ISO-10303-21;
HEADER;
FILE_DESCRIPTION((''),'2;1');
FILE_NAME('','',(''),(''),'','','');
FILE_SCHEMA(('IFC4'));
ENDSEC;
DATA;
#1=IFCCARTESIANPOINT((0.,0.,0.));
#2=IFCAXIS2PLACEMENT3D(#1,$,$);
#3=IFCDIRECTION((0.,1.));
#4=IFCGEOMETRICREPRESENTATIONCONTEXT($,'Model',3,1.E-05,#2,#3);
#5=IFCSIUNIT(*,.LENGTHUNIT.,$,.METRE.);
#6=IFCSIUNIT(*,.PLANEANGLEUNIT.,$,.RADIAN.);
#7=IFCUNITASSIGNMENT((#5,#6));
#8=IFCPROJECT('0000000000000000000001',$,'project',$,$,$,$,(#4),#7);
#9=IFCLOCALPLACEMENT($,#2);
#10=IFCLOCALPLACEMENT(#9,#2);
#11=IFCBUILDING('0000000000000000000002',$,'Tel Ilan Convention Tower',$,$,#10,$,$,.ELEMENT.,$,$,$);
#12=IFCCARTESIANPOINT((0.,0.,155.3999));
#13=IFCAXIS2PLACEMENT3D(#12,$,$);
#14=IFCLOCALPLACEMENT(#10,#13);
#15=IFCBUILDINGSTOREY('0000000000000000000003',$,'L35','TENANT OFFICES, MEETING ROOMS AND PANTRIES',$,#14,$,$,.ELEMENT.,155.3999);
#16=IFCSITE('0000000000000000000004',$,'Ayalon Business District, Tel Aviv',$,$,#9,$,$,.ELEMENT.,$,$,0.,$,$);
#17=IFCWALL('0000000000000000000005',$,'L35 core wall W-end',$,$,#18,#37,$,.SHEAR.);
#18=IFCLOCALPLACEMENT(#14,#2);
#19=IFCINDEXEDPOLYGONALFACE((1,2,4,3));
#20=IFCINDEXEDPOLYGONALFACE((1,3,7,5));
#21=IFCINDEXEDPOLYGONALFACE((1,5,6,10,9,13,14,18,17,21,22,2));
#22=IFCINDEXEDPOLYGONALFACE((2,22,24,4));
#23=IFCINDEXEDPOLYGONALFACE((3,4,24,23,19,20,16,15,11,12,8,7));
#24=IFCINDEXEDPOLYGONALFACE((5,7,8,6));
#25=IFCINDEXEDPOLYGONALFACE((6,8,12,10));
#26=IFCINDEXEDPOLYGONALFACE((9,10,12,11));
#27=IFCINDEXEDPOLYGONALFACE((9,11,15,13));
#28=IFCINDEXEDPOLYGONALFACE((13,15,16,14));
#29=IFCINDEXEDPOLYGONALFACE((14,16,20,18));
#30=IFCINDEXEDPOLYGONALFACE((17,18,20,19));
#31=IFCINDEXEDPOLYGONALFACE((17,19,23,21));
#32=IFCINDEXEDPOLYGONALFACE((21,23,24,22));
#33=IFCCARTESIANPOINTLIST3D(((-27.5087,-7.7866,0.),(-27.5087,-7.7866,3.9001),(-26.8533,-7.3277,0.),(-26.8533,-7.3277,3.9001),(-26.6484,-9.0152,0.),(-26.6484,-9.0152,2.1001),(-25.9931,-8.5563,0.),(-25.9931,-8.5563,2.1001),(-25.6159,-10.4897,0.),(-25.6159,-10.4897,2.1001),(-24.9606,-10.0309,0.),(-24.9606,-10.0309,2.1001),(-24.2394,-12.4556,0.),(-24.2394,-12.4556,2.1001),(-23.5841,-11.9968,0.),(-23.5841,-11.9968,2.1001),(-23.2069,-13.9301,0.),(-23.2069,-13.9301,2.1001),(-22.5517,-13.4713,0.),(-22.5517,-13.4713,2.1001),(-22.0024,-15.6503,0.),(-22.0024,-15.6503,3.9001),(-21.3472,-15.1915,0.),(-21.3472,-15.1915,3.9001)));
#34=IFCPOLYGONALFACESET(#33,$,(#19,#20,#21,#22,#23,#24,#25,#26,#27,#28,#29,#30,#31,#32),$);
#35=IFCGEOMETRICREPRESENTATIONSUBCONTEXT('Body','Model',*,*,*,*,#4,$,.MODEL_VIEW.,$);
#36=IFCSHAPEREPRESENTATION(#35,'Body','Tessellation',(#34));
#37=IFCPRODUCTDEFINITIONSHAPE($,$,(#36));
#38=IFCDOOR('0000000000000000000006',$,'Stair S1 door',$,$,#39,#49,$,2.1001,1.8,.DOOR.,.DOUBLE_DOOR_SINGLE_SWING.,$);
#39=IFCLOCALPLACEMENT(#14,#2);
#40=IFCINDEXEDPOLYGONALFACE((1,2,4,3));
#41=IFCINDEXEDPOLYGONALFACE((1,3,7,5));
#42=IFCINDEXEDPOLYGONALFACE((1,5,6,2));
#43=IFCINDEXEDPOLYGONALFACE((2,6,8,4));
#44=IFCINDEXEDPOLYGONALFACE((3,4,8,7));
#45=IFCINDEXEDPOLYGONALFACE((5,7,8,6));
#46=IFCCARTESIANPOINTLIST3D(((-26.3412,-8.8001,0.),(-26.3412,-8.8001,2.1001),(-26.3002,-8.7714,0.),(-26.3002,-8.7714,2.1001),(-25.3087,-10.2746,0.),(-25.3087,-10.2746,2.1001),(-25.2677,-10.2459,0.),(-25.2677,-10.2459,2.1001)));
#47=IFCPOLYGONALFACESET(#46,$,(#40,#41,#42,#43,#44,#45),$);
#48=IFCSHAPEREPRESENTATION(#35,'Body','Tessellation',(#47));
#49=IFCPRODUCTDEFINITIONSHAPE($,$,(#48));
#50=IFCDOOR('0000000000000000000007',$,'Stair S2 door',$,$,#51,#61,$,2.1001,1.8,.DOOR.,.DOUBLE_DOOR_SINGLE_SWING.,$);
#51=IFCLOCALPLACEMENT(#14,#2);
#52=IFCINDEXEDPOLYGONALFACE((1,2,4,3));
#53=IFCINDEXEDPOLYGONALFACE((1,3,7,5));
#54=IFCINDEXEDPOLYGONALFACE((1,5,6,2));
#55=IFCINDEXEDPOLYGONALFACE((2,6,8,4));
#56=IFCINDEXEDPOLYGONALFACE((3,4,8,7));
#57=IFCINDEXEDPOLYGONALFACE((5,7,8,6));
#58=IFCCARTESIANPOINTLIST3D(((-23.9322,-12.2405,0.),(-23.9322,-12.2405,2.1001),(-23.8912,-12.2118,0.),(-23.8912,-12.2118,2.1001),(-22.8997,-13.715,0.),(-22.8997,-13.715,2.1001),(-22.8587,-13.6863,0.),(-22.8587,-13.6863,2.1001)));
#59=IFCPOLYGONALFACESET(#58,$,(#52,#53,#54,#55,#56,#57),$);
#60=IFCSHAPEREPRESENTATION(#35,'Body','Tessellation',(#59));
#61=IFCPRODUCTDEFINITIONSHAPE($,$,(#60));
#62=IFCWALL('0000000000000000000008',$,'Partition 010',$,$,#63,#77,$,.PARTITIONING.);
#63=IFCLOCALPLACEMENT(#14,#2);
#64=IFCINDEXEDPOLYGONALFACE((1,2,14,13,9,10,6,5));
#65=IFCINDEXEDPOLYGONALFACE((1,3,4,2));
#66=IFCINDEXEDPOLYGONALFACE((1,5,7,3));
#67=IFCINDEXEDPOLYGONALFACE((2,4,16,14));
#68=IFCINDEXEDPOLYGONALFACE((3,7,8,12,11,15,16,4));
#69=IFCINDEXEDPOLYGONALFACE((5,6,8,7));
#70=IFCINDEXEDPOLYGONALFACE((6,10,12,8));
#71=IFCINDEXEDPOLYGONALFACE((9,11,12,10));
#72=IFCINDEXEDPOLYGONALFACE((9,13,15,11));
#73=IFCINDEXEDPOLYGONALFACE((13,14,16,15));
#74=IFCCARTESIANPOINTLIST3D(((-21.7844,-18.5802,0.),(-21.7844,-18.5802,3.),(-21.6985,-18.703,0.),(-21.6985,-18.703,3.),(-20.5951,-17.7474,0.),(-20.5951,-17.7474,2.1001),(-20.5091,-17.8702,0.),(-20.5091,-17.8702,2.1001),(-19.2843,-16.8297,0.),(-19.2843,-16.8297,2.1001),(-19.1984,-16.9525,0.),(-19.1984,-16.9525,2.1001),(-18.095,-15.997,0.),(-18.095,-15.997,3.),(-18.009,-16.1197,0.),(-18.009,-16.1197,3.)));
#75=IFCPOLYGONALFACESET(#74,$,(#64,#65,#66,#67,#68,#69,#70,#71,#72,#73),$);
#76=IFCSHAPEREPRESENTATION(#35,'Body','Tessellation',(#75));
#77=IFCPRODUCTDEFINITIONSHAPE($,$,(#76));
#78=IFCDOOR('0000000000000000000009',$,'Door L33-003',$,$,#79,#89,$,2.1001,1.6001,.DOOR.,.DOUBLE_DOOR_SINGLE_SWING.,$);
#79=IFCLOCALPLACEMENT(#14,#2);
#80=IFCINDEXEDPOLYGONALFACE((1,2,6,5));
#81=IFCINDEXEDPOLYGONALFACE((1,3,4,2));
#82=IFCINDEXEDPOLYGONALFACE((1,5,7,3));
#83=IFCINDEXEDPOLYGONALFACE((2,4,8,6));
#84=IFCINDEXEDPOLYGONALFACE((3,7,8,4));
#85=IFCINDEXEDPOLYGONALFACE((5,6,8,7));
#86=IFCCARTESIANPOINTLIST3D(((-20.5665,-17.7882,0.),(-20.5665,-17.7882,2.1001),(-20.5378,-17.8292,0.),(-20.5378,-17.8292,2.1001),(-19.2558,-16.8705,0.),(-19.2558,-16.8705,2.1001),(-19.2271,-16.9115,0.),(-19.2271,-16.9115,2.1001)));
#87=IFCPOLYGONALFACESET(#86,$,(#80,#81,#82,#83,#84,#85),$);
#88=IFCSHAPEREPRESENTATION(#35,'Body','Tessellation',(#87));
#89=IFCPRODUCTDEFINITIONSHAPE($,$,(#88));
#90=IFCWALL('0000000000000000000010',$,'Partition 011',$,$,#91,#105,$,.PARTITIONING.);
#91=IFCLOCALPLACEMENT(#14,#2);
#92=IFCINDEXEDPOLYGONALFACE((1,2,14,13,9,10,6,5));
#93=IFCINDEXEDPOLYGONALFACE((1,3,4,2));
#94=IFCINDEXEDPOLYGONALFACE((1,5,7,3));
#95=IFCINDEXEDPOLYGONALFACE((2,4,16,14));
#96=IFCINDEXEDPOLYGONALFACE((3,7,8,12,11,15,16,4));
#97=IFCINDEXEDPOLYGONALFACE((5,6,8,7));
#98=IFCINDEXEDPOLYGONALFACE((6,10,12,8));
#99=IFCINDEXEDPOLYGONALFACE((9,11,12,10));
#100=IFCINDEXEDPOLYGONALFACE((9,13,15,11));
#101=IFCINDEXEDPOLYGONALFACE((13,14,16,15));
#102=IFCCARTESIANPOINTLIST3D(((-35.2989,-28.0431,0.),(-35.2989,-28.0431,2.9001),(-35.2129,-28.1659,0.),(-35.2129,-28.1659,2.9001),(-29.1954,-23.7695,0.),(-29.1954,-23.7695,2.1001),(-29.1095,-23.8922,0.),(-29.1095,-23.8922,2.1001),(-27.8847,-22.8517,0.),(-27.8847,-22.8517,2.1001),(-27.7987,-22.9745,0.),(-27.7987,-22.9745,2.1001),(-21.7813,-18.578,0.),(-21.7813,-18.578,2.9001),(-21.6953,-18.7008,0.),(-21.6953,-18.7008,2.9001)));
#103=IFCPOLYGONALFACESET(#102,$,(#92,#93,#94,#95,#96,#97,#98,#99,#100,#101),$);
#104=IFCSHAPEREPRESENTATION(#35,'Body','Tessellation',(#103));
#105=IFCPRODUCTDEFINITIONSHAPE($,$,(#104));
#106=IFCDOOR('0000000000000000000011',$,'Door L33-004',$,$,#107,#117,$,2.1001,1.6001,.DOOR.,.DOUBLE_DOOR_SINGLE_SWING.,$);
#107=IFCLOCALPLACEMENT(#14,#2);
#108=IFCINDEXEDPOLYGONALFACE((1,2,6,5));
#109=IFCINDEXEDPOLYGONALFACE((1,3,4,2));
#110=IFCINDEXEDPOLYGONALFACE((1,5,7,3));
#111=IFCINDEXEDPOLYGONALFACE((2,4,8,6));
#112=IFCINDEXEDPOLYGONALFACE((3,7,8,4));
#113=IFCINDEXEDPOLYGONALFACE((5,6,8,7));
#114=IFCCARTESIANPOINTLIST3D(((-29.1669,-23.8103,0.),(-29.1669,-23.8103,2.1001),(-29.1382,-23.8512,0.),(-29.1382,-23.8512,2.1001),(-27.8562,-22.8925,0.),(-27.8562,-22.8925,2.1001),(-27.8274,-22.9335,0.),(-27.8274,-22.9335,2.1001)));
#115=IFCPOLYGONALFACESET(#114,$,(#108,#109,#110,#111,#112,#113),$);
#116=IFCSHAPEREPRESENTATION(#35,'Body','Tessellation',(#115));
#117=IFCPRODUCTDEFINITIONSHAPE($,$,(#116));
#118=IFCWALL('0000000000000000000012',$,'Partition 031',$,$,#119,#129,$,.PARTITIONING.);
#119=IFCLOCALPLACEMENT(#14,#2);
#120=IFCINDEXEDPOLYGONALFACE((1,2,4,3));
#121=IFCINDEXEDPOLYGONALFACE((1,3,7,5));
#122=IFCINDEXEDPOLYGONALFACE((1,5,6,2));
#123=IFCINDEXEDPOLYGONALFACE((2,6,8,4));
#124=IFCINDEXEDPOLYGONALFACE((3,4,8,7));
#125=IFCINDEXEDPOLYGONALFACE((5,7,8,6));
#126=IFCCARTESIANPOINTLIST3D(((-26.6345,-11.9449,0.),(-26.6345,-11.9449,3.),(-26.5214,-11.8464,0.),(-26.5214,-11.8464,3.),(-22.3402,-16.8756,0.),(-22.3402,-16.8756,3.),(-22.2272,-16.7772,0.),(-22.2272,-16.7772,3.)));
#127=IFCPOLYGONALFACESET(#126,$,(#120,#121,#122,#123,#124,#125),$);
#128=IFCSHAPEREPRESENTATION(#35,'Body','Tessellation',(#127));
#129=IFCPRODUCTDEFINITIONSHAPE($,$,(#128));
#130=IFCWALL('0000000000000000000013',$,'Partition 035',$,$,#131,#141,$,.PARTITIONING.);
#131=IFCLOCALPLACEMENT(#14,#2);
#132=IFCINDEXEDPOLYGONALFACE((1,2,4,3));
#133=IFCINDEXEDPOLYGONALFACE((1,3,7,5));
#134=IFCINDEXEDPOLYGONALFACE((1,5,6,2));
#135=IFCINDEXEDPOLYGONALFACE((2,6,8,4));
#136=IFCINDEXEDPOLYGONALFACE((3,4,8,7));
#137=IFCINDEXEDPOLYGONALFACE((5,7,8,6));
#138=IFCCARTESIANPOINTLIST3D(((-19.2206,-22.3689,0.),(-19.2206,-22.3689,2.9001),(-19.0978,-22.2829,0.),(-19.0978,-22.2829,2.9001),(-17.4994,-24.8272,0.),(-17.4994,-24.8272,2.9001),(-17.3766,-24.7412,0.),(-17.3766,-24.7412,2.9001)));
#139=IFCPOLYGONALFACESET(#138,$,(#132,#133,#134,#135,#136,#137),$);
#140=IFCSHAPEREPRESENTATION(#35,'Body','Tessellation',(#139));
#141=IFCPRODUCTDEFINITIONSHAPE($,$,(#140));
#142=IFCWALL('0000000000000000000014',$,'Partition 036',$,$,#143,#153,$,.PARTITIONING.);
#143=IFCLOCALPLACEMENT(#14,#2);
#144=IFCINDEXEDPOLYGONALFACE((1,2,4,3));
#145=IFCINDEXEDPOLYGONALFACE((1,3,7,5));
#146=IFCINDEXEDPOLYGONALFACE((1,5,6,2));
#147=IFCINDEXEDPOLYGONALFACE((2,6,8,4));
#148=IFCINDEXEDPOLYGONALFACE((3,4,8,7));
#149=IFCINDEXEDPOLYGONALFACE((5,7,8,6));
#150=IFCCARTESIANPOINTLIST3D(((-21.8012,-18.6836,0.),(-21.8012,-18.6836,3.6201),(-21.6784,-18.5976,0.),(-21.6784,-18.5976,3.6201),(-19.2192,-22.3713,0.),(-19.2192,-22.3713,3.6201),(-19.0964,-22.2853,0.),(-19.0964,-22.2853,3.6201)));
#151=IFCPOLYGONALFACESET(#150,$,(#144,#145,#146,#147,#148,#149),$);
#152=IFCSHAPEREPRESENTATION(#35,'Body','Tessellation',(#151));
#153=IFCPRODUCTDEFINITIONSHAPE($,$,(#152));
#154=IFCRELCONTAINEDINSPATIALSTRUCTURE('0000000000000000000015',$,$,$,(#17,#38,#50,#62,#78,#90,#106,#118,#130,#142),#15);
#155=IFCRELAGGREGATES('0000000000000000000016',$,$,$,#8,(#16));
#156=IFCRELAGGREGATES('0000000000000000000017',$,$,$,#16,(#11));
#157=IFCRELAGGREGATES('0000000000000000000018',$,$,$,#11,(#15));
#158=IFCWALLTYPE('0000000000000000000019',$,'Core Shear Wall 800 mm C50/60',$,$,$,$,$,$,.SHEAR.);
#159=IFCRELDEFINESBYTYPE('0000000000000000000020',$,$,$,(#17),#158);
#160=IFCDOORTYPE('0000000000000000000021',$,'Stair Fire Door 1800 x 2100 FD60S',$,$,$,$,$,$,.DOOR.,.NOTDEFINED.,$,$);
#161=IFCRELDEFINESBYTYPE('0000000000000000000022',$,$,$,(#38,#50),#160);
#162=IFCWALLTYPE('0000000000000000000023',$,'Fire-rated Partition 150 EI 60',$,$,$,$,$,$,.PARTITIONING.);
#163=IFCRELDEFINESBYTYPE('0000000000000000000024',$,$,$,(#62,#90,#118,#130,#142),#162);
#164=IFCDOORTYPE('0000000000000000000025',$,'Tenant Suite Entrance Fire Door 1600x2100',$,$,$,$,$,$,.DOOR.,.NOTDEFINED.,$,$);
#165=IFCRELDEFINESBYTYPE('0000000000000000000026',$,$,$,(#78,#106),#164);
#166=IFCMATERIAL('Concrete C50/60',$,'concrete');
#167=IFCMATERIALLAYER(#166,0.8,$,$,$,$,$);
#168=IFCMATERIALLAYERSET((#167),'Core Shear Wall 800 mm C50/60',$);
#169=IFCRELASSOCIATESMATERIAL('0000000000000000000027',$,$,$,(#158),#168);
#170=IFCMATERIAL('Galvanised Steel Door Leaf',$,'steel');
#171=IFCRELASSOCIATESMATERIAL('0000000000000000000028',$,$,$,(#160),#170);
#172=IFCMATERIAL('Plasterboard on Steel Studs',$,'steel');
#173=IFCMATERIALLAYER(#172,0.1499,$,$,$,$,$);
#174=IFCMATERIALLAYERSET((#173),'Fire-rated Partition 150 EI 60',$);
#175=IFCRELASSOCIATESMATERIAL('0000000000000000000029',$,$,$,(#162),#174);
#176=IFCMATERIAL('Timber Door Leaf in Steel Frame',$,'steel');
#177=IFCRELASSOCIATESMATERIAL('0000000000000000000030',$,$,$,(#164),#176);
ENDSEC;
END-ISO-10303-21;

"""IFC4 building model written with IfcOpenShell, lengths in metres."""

from ifc_helpers import new_model, si_unit, direction, frame, frame_2d, origin, place, context, subcontext, project, spatial, polyline, rectangle, outline, extrude, material, layer, layer_set, type_object, element, fill, save


model = new_model("IFC4")

# Units and contexts
model_context = context("Model", 3, precision=1e-05, world=origin(), true_north=direction((0.0, 1.0)))
body_context = subcontext(model_context, "Body", "Model", "MODEL_VIEW")
ifc_project = project(units=[si_unit("LENGTHUNIT", "METRE"), si_unit("PLANEANGLEUNIT", "RADIAN")], contexts=[model_context])

# Site, building, storey
site_placement = place(None, origin())
site = spatial("IfcSite", under=ifc_project, at=site_placement, Name="Ayalon Business District, Tel Aviv", CompositionType="ELEMENT", RefElevation=0.0)
building_placement = place(site_placement, origin())
building = spatial("IfcBuilding", under=site, at=building_placement, Name="Tel Ilan Convention Tower", CompositionType="ELEMENT")
storey_placement = place(building_placement, frame((0.0, 0.0, 155.3999)))
storey = spatial("IfcBuildingStorey", under=building, at=storey_placement, Name="L35", Description="TENANT OFFICES, MEETING ROOMS AND PANTRIES", CompositionType="ELEMENT", Elevation=155.3999)

# Wall, openings, doors
ifc_material_1 = material(Name="Concrete C50/60", Category="concrete")
ifc_layer_1 = layer(ifc_material_1, 0.8)
ifc_layer_set_1 = layer_set([ifc_layer_1], Name="Core Shear Wall 800 mm C50/60")
wall_type_1 = type_object("IfcWallType", Name="Core Shear Wall 800 mm C50/60", PredefinedType="SHEAR", material=ifc_layer_set_1)
wall_1_placement = place(storey_placement, frame((-21.6748, -15.4209, 0.0), z_axis=(0.0, 0.0, 1.0), x_axis=(-0.573582, 0.819148, 0.0)))
wall_1 = element("IfcWall", 1, at=wall_1_placement, inside=storey, type_object=wall_type_1, Name="L35 core wall W-end", PredefinedType="SHEAR", context=body_context, shape_type="SweptSolid", body=[
    extrude(outline(polyline([(0.0, 0.3999), (0.0, -0.3999), (9.5999, -0.4001), (9.5999, 0.3999), (0.0, 0.3999)])), origin(), (0.0, 0.0, 1.0), 3.9001),
])
opening_1_placement = place(wall_1_placement, frame((6.3, 0.0, 0.0)))
opening_1 = element("IfcOpeningElement", 2, at=opening_1_placement, cuts=wall_1, PredefinedType="OPENING", context=body_context, shape_type="SweptSolid", body=[
    extrude(rectangle(XDim=1.8, YDim=2.1001, at=frame_2d((0.8999, 1.05))), frame((0.0, 0.4099, 0.0), z_axis=(0.0, -1.0, 0.0), x_axis=(1.0, 0.0, 0.0)), (0.0, 0.0, 1.0), 0.8201),
])
opening_2_placement = place(wall_1_placement, frame((2.1001, 0.0, 0.0)))
opening_2 = element("IfcOpeningElement", 3, at=opening_2_placement, cuts=wall_1, PredefinedType="OPENING", context=body_context, shape_type="SweptSolid", body=[
    extrude(rectangle(XDim=1.8, YDim=2.1001, at=frame_2d((0.8999, 1.05))), frame((0.0, 0.4099, 0.0), z_axis=(0.0, -1.0, 0.0), x_axis=(1.0, 0.0, 0.0)), (0.0, 0.0, 1.0), 0.8201),
])
ifc_material_2 = material(Name="Galvanised Steel Door Leaf", Category="steel")
door_type_1 = type_object("IfcDoorType", Name="Stair Fire Door 1800 x 2100 FD60S", OperationType="NOTDEFINED", PredefinedType="DOOR", material=ifc_material_2)
door_1_placement = place(opening_1_placement, origin())
door_1 = element("IfcDoor", 4, at=door_1_placement, inside=storey, type_object=door_type_1, Name="Stair S1 door", OperationType="DOUBLE_DOOR_SINGLE_SWING", OverallHeight=2.1001, OverallWidth=1.8, PredefinedType="DOOR", context=body_context, shape_type="SweptSolid", body=[
    extrude(rectangle(XDim=1.8, YDim=2.1001, at=frame_2d((0.8999, 1.05))), frame((0.0, 0.0249, 0.0), z_axis=(0.0, -1.0, 0.0), x_axis=(1.0, 0.0, 0.0)), (0.0, 0.0, 1.0), 0.05),
])
fill(opening_1, door_1)
door_2_placement = place(opening_2_placement, origin())
door_2 = element("IfcDoor", 5, at=door_2_placement, inside=storey, type_object=door_type_1, Name="Stair S2 door", OperationType="DOUBLE_DOOR_SINGLE_SWING", OverallHeight=2.1001, OverallWidth=1.8, PredefinedType="DOOR", context=body_context, shape_type="SweptSolid", body=[
    extrude(rectangle(XDim=1.8, YDim=2.1001, at=frame_2d((0.8999, 1.05))), frame((0.0, 0.0249, 0.0), z_axis=(0.0, -1.0, 0.0), x_axis=(1.0, 0.0, 0.0)), (0.0, 0.0, 1.0), 0.05),
])
fill(opening_2, door_2)

# Walls, openings, doors
ifc_material_3 = material(Name="Plasterboard on Steel Studs", Category="steel")
ifc_layer_2 = layer(ifc_material_3, 0.1499)
ifc_layer_set_2 = layer_set([ifc_layer_2], Name="Fire-rated Partition 150 EI 60")
wall_type_2 = type_object("IfcWallType", Name="Fire-rated Partition 150 EI 60", PredefinedType="PARTITIONING", material=ifc_layer_set_2)
wall_2_placement = place(storey_placement, frame((-18.052, -16.0583, 0.0), z_axis=(0.0, 0.0, 1.0), x_axis=(-0.819166, -0.573557, 0.0)))
wall_2 = element("IfcWall", 6, at=wall_2_placement, inside=storey, type_object=wall_type_2, Name="Partition 010", PredefinedType="PARTITIONING", context=body_context, shape_type="SweptSolid", body=[
    extrude(rectangle(XDim=4.5039, YDim=0.1499, at=frame_2d((2.252, 0.0))), origin(), (0.0, 0.0, 1.0), 3.0),
])
opening_3_placement = place(wall_2_placement, frame((1.4519, 0.0, 0.0)))
opening_3 = element("IfcOpeningElement", 7, at=opening_3_placement, cuts=wall_2, PredefinedType="OPENING", context=body_context, shape_type="SweptSolid", body=[
    extrude(rectangle(XDim=1.6001, YDim=2.1001, at=frame_2d((0.8, 1.05))), frame((0.0, 0.085, 0.0), z_axis=(0.0, -1.0, 0.0), x_axis=(1.0, 0.0, 0.0)), (0.0, 0.0, 1.0), 0.1699),
])
ifc_material_4 = material(Name="Timber Door Leaf in Steel Frame", Category="steel")
door_type_2 = type_object("IfcDoorType", Name="Tenant Suite Entrance Fire Door 1600x2100", OperationType="NOTDEFINED", PredefinedType="DOOR", material=ifc_material_4)
door_3_placement = place(opening_3_placement, origin())
door_3 = element("IfcDoor", 8, at=door_3_placement, inside=storey, type_object=door_type_2, Name="Door L33-003", OperationType="DOUBLE_DOOR_SINGLE_SWING", OverallHeight=2.1001, OverallWidth=1.6001, PredefinedType="DOOR", context=body_context, shape_type="SweptSolid", body=[
    extrude(rectangle(XDim=1.6001, YDim=2.1001, at=frame_2d((0.8, 1.05))), frame((0.0, 0.0249, 0.0), z_axis=(0.0, -1.0, 0.0), x_axis=(1.0, 0.0, 0.0)), (0.0, 0.0, 1.0), 0.05),
])
fill(opening_3, door_3)
wall_3_placement = place(storey_placement, frame((-21.7383, -18.6394, 0.0), z_axis=(0.0, 0.0, 1.0), x_axis=(-0.819153, -0.573576, 0.0)))
wall_3 = element("IfcWall", 9, at=wall_3_placement, inside=storey, type_object=wall_type_2, Name="Partition 011", PredefinedType="PARTITIONING", context=body_context, shape_type="SweptSolid", body=[
    extrude(rectangle(XDim=16.502, YDim=0.1499, at=frame_2d((8.251, 0.0))), origin(), (0.0, 0.0, 1.0), 2.9001),
])
opening_4_placement = place(wall_3_placement, frame((7.4509, 0.0, 0.0)))
opening_4 = element("IfcOpeningElement", 10, at=opening_4_placement, cuts=wall_3, PredefinedType="OPENING", context=body_context, shape_type="SweptSolid", body=[
    extrude(rectangle(XDim=1.6001, YDim=2.1001, at=frame_2d((0.8, 1.05))), frame((0.0, 0.085, 0.0), z_axis=(0.0, -1.0, 0.0), x_axis=(1.0, 0.0, 0.0)), (0.0, 0.0, 1.0), 0.1699),
])
door_4_placement = place(opening_4_placement, origin())
door_4 = element("IfcDoor", 11, at=door_4_placement, inside=storey, type_object=door_type_2, Name="Door L33-004", OperationType="DOUBLE_DOOR_SINGLE_SWING", OverallHeight=2.1001, OverallWidth=1.6001, PredefinedType="DOOR", context=body_context, shape_type="SweptSolid", body=[
    extrude(rectangle(XDim=1.6001, YDim=2.1001, at=frame_2d((0.8, 1.05))), frame((0.0, 0.0249, 0.0), z_axis=(0.0, -1.0, 0.0), x_axis=(1.0, 0.0, 0.0)), (0.0, 0.0, 1.0), 0.05),
])
fill(opening_4, door_4)

# Walls
wall_4_placement = place(storey_placement, frame((-22.2837, -16.8264, 0.0), z_axis=(0.0, 0.0, 1.0), x_axis=(-0.656758, 0.754101, 0.0)))
element("IfcWall", 12, at=wall_4_placement, inside=storey, type_object=wall_type_2, Name="Partition 031", PredefinedType="PARTITIONING", context=body_context, shape_type="SweptSolid", body=[
    extrude(rectangle(XDim=6.5386, YDim=0.1499, at=frame_2d((3.2693, 0.0))), origin(), (0.0, 0.0, 1.0), 3.0),
])
wall_5_placement = place(storey_placement, frame((-17.438, -24.7842, 0.0), z_axis=(0.0, 0.0, 1.0), x_axis=(-0.573555, 0.819167, 0.0)))
element("IfcWall", 13, at=wall_5_placement, inside=storey, type_object=wall_type_2, Name="Partition 035", PredefinedType="PARTITIONING", context=body_context, shape_type="SweptSolid", body=[
    extrude(rectangle(XDim=3.001, YDim=0.1499, at=frame_2d((1.5005, 0.0))), origin(), (0.0, 0.0, 1.0), 2.9001),
])
wall_6_placement = place(storey_placement, frame((-19.1577, -22.3284, 0.0), z_axis=(0.0, 0.0, 1.0), x_axis=(-0.573553, 0.819168, 0.0)))
element("IfcWall", 14, at=wall_6_placement, inside=storey, type_object=wall_type_2, Name="Partition 036", PredefinedType="PARTITIONING", context=body_context, shape_type="SweptSolid", body=[
    extrude(rectangle(XDim=4.5017, YDim=0.1499, at=frame_2d((2.251, 0.0))), origin(), (0.0, 0.0, 1.0), 3.6201),
])

save(model, "model.ifc")
